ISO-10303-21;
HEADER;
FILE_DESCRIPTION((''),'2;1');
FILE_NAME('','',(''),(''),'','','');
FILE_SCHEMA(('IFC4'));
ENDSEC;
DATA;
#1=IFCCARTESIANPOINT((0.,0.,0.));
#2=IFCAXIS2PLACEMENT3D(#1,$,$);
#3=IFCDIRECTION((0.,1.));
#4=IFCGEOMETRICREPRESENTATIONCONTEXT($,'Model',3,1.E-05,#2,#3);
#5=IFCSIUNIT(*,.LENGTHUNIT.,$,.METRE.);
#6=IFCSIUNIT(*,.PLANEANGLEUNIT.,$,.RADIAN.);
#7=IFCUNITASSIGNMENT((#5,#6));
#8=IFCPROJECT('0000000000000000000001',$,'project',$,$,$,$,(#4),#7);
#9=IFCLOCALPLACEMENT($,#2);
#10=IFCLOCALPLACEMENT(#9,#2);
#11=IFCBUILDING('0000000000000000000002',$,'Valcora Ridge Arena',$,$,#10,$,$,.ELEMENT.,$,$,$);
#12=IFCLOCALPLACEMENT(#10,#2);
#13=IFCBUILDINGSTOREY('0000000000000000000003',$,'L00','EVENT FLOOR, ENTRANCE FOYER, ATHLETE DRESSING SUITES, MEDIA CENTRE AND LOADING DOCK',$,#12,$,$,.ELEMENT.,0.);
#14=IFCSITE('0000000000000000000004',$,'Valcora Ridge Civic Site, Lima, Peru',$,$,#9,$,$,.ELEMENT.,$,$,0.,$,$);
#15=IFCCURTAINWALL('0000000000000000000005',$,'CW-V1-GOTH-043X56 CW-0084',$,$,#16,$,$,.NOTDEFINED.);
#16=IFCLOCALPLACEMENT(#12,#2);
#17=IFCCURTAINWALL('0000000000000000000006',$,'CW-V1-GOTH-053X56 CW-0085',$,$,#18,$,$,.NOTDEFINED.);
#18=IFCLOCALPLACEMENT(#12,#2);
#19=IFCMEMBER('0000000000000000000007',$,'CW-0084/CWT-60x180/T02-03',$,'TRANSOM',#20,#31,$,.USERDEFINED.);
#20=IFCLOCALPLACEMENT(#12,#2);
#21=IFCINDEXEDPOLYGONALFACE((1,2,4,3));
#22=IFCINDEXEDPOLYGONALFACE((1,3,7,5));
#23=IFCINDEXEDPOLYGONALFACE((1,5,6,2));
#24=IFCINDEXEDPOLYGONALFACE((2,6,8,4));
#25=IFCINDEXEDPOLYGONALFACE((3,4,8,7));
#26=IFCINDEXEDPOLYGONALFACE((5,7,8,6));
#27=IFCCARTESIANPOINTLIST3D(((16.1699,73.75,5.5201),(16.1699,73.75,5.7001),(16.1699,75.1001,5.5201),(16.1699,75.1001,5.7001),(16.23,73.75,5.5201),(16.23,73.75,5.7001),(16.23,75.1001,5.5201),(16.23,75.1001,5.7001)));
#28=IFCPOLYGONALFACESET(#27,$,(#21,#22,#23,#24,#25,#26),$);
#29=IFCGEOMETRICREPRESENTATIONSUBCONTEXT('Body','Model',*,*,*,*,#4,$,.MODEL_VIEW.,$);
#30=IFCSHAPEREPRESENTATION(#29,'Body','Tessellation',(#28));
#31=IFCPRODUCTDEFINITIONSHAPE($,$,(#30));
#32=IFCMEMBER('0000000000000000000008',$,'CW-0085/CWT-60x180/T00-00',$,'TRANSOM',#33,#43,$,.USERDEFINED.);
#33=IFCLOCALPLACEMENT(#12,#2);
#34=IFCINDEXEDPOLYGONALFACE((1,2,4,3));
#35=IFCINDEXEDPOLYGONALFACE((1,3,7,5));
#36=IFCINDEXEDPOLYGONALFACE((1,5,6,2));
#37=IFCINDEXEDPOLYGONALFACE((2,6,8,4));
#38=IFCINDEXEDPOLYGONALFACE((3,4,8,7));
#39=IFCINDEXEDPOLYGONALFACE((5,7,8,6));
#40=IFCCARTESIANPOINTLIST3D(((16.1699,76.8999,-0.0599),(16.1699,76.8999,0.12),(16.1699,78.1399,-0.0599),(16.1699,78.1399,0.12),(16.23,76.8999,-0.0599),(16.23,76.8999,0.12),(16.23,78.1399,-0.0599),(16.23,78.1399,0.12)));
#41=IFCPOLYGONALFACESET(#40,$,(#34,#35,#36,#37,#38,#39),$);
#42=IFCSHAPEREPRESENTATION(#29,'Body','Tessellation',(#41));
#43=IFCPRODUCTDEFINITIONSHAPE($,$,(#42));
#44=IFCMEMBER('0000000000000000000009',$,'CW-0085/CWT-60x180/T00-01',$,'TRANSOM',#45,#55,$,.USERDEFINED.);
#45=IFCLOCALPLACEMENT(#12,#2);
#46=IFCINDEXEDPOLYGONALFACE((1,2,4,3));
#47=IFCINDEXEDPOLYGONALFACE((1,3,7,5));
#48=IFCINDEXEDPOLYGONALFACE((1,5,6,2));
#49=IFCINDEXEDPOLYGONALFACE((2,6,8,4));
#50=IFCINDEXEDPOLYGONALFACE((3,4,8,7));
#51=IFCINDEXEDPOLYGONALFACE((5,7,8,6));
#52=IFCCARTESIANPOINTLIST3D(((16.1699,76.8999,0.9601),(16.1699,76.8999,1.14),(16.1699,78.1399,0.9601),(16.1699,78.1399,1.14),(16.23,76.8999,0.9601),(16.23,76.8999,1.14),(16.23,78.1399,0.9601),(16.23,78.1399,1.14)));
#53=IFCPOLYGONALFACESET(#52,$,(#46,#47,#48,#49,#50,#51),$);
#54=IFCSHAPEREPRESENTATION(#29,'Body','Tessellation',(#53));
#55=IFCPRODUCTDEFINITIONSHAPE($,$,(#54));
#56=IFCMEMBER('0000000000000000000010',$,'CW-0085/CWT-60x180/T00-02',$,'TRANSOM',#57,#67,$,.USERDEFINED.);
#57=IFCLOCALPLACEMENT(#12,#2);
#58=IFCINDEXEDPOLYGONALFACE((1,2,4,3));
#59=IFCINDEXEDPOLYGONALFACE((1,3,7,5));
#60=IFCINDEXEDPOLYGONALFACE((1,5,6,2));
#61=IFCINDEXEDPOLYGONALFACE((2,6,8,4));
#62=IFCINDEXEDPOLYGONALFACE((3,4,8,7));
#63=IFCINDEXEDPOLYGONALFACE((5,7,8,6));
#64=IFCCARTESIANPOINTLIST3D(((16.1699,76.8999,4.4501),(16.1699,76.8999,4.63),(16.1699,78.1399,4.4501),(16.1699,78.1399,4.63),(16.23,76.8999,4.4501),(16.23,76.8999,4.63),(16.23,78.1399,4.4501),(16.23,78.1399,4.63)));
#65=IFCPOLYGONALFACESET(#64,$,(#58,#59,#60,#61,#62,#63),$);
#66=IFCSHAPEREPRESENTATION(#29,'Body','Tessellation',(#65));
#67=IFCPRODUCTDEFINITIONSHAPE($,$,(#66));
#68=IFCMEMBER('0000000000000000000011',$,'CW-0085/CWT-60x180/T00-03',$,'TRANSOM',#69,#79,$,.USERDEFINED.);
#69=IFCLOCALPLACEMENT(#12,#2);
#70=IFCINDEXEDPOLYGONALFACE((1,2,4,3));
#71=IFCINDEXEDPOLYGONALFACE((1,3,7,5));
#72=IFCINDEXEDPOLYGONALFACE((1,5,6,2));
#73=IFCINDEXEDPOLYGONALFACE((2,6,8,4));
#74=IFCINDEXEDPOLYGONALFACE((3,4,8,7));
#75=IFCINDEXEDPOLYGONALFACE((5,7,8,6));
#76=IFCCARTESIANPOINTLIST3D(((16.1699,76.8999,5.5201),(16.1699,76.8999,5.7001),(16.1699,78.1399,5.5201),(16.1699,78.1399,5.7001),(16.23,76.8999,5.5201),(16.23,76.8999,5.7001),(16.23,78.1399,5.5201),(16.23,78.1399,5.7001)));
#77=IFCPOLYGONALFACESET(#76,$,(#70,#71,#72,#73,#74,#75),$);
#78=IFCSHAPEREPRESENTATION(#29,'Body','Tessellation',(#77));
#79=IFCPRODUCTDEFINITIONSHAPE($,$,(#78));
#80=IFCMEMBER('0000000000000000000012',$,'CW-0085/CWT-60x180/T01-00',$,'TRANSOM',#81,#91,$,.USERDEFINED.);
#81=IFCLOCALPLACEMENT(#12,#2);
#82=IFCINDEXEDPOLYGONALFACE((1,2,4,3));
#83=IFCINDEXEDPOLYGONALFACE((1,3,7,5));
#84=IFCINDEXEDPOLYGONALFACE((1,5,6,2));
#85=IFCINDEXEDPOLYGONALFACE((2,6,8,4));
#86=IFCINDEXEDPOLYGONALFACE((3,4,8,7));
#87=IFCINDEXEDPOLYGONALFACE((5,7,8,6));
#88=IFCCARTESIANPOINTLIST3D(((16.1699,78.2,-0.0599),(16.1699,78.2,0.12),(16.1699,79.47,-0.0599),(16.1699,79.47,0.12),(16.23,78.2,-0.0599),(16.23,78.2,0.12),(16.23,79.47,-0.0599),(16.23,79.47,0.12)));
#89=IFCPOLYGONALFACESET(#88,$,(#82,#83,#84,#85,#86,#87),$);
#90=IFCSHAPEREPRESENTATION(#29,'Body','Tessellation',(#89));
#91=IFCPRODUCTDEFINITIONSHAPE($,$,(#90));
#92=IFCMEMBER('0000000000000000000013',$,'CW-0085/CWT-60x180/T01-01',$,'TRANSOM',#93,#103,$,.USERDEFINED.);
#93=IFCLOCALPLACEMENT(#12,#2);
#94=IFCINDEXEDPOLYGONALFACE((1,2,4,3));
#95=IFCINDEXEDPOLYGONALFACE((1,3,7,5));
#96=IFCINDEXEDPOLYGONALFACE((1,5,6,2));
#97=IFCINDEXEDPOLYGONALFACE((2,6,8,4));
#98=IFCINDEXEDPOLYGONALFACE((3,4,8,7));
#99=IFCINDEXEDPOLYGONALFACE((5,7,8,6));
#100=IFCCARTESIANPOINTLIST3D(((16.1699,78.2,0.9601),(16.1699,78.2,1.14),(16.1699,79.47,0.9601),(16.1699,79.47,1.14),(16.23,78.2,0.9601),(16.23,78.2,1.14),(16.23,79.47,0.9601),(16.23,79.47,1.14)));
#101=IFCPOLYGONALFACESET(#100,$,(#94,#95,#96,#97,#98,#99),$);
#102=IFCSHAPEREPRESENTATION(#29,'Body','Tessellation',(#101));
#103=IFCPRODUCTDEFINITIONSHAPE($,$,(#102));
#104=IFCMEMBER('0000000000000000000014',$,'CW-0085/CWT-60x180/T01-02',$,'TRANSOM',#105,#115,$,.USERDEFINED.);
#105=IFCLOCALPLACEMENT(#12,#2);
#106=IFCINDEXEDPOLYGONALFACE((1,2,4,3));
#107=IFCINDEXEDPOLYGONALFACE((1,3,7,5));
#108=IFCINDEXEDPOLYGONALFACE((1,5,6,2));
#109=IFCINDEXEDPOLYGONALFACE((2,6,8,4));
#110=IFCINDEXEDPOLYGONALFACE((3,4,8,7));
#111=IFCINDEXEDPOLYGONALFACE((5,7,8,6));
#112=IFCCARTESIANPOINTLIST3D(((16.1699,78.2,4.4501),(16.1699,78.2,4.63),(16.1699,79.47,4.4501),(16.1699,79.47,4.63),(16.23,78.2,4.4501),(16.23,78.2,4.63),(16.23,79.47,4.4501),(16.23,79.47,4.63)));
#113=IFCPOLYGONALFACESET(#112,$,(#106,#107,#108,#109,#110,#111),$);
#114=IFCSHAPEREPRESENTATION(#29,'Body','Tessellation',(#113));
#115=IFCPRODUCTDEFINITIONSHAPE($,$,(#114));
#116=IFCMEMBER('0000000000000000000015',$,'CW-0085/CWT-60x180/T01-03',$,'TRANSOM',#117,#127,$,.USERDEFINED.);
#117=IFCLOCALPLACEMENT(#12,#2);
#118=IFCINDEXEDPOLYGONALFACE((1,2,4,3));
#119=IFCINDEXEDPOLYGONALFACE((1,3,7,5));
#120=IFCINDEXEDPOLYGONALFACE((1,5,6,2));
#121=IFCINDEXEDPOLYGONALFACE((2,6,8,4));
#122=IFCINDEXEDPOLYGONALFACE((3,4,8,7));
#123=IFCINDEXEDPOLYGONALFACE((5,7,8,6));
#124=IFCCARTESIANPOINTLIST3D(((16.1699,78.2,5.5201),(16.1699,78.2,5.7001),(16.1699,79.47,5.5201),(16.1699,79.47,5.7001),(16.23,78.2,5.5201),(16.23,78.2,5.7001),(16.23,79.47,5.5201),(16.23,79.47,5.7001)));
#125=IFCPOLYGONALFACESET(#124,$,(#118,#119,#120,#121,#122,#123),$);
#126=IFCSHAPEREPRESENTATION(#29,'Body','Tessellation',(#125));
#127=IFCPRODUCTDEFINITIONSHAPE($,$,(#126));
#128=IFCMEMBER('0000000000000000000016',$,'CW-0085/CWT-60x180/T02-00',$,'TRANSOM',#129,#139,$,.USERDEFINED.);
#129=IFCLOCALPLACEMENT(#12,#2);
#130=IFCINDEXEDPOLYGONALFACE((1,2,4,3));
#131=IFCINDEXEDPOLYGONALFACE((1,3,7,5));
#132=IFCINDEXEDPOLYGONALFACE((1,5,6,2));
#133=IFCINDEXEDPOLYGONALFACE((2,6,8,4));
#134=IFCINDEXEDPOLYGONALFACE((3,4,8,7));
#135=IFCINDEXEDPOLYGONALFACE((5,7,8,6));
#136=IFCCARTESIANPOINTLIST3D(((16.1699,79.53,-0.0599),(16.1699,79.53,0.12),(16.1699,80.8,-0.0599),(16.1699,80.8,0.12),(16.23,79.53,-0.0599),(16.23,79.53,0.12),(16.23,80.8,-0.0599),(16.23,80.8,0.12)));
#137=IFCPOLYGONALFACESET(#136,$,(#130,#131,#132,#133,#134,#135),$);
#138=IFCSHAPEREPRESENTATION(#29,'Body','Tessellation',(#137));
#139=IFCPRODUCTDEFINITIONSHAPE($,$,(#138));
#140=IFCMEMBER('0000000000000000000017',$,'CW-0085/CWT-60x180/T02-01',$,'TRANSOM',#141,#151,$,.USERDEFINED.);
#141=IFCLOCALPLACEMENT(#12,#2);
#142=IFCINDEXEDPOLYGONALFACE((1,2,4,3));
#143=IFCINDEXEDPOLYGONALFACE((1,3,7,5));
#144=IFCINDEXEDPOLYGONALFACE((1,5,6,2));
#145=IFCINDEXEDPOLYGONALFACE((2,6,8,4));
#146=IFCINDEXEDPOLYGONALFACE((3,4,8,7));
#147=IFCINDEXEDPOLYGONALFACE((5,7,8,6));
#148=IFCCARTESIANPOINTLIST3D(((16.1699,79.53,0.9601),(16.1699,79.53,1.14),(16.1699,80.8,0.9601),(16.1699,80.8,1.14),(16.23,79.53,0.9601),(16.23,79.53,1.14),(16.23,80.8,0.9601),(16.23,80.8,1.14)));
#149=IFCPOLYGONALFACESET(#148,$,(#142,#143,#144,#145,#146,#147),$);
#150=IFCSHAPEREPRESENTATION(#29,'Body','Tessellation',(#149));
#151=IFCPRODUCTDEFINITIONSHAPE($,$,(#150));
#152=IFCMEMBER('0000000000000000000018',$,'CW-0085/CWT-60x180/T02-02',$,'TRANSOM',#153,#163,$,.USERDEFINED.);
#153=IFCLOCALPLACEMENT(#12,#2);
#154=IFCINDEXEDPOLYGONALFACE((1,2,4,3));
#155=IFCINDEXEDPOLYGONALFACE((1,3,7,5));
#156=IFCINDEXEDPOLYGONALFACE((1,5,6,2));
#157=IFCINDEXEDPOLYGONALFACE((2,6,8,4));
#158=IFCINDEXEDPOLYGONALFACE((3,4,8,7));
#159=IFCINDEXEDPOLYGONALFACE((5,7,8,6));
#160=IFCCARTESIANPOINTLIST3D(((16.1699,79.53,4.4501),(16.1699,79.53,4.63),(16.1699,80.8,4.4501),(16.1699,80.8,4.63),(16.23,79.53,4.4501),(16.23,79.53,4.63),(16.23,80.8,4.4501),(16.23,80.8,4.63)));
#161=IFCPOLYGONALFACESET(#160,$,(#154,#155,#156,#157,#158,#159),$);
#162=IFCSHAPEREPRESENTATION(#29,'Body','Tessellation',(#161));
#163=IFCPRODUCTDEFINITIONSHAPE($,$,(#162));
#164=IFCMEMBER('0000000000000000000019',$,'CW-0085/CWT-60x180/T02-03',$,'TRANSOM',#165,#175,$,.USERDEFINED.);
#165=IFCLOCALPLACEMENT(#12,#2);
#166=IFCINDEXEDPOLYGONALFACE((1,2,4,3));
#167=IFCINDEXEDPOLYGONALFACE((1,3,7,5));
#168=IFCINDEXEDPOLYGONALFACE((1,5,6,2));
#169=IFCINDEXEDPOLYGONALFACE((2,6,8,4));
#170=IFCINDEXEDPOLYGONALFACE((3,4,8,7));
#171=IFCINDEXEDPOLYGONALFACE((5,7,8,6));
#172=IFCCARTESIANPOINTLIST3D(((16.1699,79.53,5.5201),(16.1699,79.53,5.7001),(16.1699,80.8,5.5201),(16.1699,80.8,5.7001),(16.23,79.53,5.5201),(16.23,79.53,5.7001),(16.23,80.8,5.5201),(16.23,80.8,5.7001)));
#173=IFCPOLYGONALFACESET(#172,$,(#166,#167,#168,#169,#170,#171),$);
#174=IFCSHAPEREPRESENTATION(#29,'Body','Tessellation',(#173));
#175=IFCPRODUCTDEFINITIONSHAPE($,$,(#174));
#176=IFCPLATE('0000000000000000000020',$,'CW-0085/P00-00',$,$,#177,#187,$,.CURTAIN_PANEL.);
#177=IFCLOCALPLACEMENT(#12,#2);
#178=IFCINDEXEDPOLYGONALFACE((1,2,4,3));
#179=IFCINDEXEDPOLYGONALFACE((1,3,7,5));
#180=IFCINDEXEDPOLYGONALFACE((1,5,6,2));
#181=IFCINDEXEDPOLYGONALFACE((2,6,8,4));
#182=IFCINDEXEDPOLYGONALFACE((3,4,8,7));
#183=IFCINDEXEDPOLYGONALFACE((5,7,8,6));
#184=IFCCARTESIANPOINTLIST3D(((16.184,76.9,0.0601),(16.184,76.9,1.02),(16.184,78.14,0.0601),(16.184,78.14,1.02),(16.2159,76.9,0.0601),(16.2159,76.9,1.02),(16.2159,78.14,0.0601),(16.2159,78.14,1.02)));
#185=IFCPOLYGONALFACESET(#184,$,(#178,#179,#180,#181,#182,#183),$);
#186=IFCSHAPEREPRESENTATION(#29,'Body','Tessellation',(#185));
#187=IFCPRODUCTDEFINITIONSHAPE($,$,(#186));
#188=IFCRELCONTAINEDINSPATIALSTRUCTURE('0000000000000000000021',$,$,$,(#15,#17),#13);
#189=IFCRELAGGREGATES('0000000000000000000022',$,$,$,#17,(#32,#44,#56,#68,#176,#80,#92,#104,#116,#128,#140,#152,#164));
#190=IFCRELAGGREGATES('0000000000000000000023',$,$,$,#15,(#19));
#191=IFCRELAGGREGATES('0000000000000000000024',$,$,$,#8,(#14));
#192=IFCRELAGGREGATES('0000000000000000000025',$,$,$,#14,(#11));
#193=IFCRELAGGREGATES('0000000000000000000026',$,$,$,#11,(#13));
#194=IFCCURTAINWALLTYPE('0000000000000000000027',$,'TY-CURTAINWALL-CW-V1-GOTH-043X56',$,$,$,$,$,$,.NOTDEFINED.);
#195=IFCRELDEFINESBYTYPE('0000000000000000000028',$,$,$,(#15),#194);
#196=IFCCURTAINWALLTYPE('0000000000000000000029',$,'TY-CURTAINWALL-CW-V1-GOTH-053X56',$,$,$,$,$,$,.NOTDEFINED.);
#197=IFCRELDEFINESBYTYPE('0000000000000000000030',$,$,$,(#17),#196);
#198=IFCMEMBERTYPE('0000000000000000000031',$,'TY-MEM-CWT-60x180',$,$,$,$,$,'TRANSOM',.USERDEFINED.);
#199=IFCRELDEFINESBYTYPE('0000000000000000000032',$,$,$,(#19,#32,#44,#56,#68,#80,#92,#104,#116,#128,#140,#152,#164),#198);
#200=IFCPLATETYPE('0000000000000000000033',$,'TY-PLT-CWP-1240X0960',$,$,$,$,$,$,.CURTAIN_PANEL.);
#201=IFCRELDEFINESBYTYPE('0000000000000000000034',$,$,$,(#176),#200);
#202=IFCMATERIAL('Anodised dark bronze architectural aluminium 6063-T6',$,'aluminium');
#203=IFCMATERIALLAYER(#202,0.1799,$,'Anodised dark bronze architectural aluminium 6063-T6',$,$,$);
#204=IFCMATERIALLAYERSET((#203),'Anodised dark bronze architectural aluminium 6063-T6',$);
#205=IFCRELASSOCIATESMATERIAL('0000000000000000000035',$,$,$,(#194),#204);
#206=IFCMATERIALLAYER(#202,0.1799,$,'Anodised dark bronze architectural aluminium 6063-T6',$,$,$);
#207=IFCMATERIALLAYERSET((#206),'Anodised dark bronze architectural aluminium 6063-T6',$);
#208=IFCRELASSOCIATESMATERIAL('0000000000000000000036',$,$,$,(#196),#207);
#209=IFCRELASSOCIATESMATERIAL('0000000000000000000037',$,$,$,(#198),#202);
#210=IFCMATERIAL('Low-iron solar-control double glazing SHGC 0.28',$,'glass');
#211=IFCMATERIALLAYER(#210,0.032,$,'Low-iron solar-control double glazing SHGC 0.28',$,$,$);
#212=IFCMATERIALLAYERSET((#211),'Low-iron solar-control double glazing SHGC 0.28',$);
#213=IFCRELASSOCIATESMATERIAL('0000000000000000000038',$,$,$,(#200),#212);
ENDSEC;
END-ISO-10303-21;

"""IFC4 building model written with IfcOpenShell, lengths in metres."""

from ifc_helpers import new_model, si_unit, direction, frame, origin, origin_2d, place, context, subcontext, project, spatial, rectangle, extrude, material, layer, layer_set, material_profile, profile_set, type_object, element, aggregate, save


model = new_model("IFC4")

# Units and contexts
model_context = context("Model", 3, precision=1e-05, world=origin(), true_north=direction((0.0, 1.0)))
body_context = subcontext(model_context, "Body", "Model", "MODEL_VIEW")
ifc_project = project(units=[si_unit("LENGTHUNIT", "METRE"), si_unit("PLANEANGLEUNIT", "RADIAN")], contexts=[model_context])

# Site, building, storey
site_placement = place(None, origin())
site = spatial("IfcSite", under=ifc_project, at=site_placement, Name="Valcora Ridge Civic Site, Lima, Peru", CompositionType="ELEMENT", RefElevation=0.0)
building_placement = place(site_placement, origin())
building = spatial("IfcBuilding", under=site, at=building_placement, Name="Valcora Ridge Arena", CompositionType="ELEMENT")
storey_placement = place(building_placement, origin())
storey = spatial("IfcBuildingStorey", under=building, at=storey_placement, Name="L00", Description="EVENT FLOOR, ENTRANCE FOYER, ATHLETE DRESSING SUITES, MEDIA CENTRE AND LOADING DOCK", CompositionType="ELEMENT", Elevation=0.0)

# Curtain walls
ifc_material_1 = material(Name="Anodised dark bronze architectural aluminium 6063-T6", Category="aluminium")
ifc_layer_1 = layer(ifc_material_1, 0.1799, Name="Anodised dark bronze architectural aluminium 6063-T6")
ifc_layer_set_1 = layer_set([ifc_layer_1], Name="Anodised dark bronze architectural aluminium 6063-T6")
curtain_wall_type_1 = type_object("IfcCurtainWallType", Name="TY-CURTAINWALL-CW-V1-GOTH-043X56", PredefinedType="NOTDEFINED", material=ifc_layer_set_1)
curtain_wall_1_placement = place(storey_placement, origin())
curtain_wall_1 = element("IfcCurtainWall", 1, at=curtain_wall_1_placement, inside=storey, type_object=curtain_wall_type_1, Name="CW-V1-GOTH-043X56 CW-0084", PredefinedType="NOTDEFINED")
ifc_layer_2 = layer(ifc_material_1, 0.1799, Name="Anodised dark bronze architectural aluminium 6063-T6")
ifc_layer_set_2 = layer_set([ifc_layer_2], Name="Anodised dark bronze architectural aluminium 6063-T6")
curtain_wall_type_2 = type_object("IfcCurtainWallType", Name="TY-CURTAINWALL-CW-V1-GOTH-053X56", PredefinedType="NOTDEFINED", material=ifc_layer_set_2)
curtain_wall_2_placement = place(storey_placement, origin())
curtain_wall_2 = element("IfcCurtainWall", 2, at=curtain_wall_2_placement, inside=storey, type_object=curtain_wall_type_2, Name="CW-V1-GOTH-053X56 CW-0085", PredefinedType="NOTDEFINED")

# Members
ifc_material_profile_1 = material_profile(ifc_material_1, rectangle(XDim=0.0601, YDim=0.1799, at=origin_2d()), Name="ALU TRANSOM 60x180")
ifc_profile_set_1 = profile_set([ifc_material_profile_1], Name="Anodised dark bronze architectural aluminium 6063-T6")
member_type_1 = type_object("IfcMemberType", Name="TY-MEM-CWT-60x180", ElementType="TRANSOM", PredefinedType="USERDEFINED", material=ifc_profile_set_1)
member_1_placement = place(storey_placement, frame((16.2, 73.75, 5.6101), z_axis=(0.0, 1.0, 0.0), x_axis=(-1.0, 0.0, 0.0)))
member_1 = element("IfcMember", 3, at=member_1_placement, type_object=member_type_1, Name="CW-0084/CWT-60x180/T02-03", ObjectType="TRANSOM", PredefinedType="USERDEFINED", context=body_context, shape_type="SweptSolid", body=[
    extrude(rectangle(XDim=0.0601, YDim=0.1799, at=origin_2d()), origin(), (0.0, 0.0, 1.0), 1.3501),
])
member_2_placement = place(storey_placement, frame((16.2, 76.8999, 0.03), z_axis=(0.0, 1.0, 0.0), x_axis=(-1.0, 0.0, 0.0)))
member_2 = element("IfcMember", 4, at=member_2_placement, type_object=member_type_1, Name="CW-0085/CWT-60x180/T00-00", ObjectType="TRANSOM", PredefinedType="USERDEFINED", context=body_context, shape_type="SweptSolid", body=[
    extrude(rectangle(XDim=0.0601, YDim=0.1799, at=origin_2d()), origin(), (0.0, 0.0, 1.0), 1.24),
])
member_3_placement = place(storey_placement, frame((16.2, 76.8999, 1.05), z_axis=(0.0, 1.0, 0.0), x_axis=(-1.0, 0.0, 0.0)))
member_3 = element("IfcMember", 5, at=member_3_placement, type_object=member_type_1, Name="CW-0085/CWT-60x180/T00-01", ObjectType="TRANSOM", PredefinedType="USERDEFINED", context=body_context, shape_type="SweptSolid", body=[
    extrude(rectangle(XDim=0.0601, YDim=0.1799, at=origin_2d()), origin(), (0.0, 0.0, 1.0), 1.24),
])
member_4_placement = place(storey_placement, frame((16.2, 76.8999, 4.54), z_axis=(0.0, 1.0, 0.0), x_axis=(-1.0, 0.0, 0.0)))
member_4 = element("IfcMember", 6, at=member_4_placement, type_object=member_type_1, Name="CW-0085/CWT-60x180/T00-02", ObjectType="TRANSOM", PredefinedType="USERDEFINED", context=body_context, shape_type="SweptSolid", body=[
    extrude(rectangle(XDim=0.0601, YDim=0.1799, at=origin_2d()), origin(), (0.0, 0.0, 1.0), 1.24),
])
member_5_placement = place(storey_placement, frame((16.2, 76.8999, 5.6101), z_axis=(0.0, 1.0, 0.0), x_axis=(-1.0, 0.0, 0.0)))
member_5 = element("IfcMember", 7, at=member_5_placement, type_object=member_type_1, Name="CW-0085/CWT-60x180/T00-03", ObjectType="TRANSOM", PredefinedType="USERDEFINED", context=body_context, shape_type="SweptSolid", body=[
    extrude(rectangle(XDim=0.0601, YDim=0.1799, at=origin_2d()), origin(), (0.0, 0.0, 1.0), 1.24),
])
member_6_placement = place(storey_placement, frame((16.2, 78.2, 0.03), z_axis=(0.0, 1.0, 0.0), x_axis=(-1.0, 0.0, 0.0)))
member_6 = element("IfcMember", 8, at=member_6_placement, type_object=member_type_1, Name="CW-0085/CWT-60x180/T01-00", ObjectType="TRANSOM", PredefinedType="USERDEFINED", context=body_context, shape_type="SweptSolid", body=[
    extrude(rectangle(XDim=0.0601, YDim=0.1799, at=origin_2d()), origin(), (0.0, 0.0, 1.0), 1.27),
])
member_7_placement = place(storey_placement, frame((16.2, 78.2, 1.05), z_axis=(0.0, 1.0, 0.0), x_axis=(-1.0, 0.0, 0.0)))
member_7 = element("IfcMember", 9, at=member_7_placement, type_object=member_type_1, Name="CW-0085/CWT-60x180/T01-01", ObjectType="TRANSOM", PredefinedType="USERDEFINED", context=body_context, shape_type="SweptSolid", body=[
    extrude(rectangle(XDim=0.0601, YDim=0.1799, at=origin_2d()), origin(), (0.0, 0.0, 1.0), 1.27),
])
member_8_placement = place(storey_placement, frame((16.2, 78.2, 4.54), z_axis=(0.0, 1.0, 0.0), x_axis=(-1.0, 0.0, 0.0)))
member_8 = element("IfcMember", 10, at=member_8_placement, type_object=member_type_1, Name="CW-0085/CWT-60x180/T01-02", ObjectType="TRANSOM", PredefinedType="USERDEFINED", context=body_context, shape_type="SweptSolid", body=[
    extrude(rectangle(XDim=0.0601, YDim=0.1799, at=origin_2d()), origin(), (0.0, 0.0, 1.0), 1.27),
])
member_9_placement = place(storey_placement, frame((16.2, 78.2, 5.6101), z_axis=(0.0, 1.0, 0.0), x_axis=(-1.0, 0.0, 0.0)))
member_9 = element("IfcMember", 11, at=member_9_placement, type_object=member_type_1, Name="CW-0085/CWT-60x180/T01-03", ObjectType="TRANSOM", PredefinedType="USERDEFINED", context=body_context, shape_type="SweptSolid", body=[
    extrude(rectangle(XDim=0.0601, YDim=0.1799, at=origin_2d()), origin(), (0.0, 0.0, 1.0), 1.27),
])
member_10_placement = place(storey_placement, frame((16.2, 79.53, 0.03), z_axis=(0.0, 1.0, 0.0), x_axis=(-1.0, 0.0, 0.0)))
member_10 = element("IfcMember", 12, at=member_10_placement, type_object=member_type_1, Name="CW-0085/CWT-60x180/T02-00", ObjectType="TRANSOM", PredefinedType="USERDEFINED", context=body_context, shape_type="SweptSolid", body=[
    extrude(rectangle(XDim=0.0601, YDim=0.1799, at=origin_2d()), origin(), (0.0, 0.0, 1.0), 1.27),
])
member_11_placement = place(storey_placement, frame((16.2, 79.53, 1.05), z_axis=(0.0, 1.0, 0.0), x_axis=(-1.0, 0.0, 0.0)))
member_11 = element("IfcMember", 13, at=member_11_placement, type_object=member_type_1, Name="CW-0085/CWT-60x180/T02-01", ObjectType="TRANSOM", PredefinedType="USERDEFINED", context=body_context, shape_type="SweptSolid", body=[
    extrude(rectangle(XDim=0.0601, YDim=0.1799, at=origin_2d()), origin(), (0.0, 0.0, 1.0), 1.27),
])
member_12_placement = place(storey_placement, frame((16.2, 79.53, 4.54), z_axis=(0.0, 1.0, 0.0), x_axis=(-1.0, 0.0, 0.0)))
member_12 = element("IfcMember", 14, at=member_12_placement, type_object=member_type_1, Name="CW-0085/CWT-60x180/T02-02", ObjectType="TRANSOM", PredefinedType="USERDEFINED", context=body_context, shape_type="SweptSolid", body=[
    extrude(rectangle(XDim=0.0601, YDim=0.1799, at=origin_2d()), origin(), (0.0, 0.0, 1.0), 1.27),
])
member_13_placement = place(storey_placement, frame((16.2, 79.53, 5.6101), z_axis=(0.0, 1.0, 0.0), x_axis=(-1.0, 0.0, 0.0)))
member_13 = element("IfcMember", 15, at=member_13_placement, type_object=member_type_1, Name="CW-0085/CWT-60x180/T02-03", ObjectType="TRANSOM", PredefinedType="USERDEFINED", context=body_context, shape_type="SweptSolid", body=[
    extrude(rectangle(XDim=0.0601, YDim=0.1799, at=origin_2d()), origin(), (0.0, 0.0, 1.0), 1.27),
])

# Plate
ifc_material_2 = material(Name="Low-iron solar-control double glazing SHGC 0.28", Category="glass")
ifc_layer_3 = layer(ifc_material_2, 0.032, Name="Low-iron solar-control double glazing SHGC 0.28")
ifc_layer_set_3 = layer_set([ifc_layer_3], Name="Low-iron solar-control double glazing SHGC 0.28")
plate_type_1 = type_object("IfcPlateType", Name="TY-PLT-CWP-1240X0960", PredefinedType="CURTAIN_PANEL", material=ifc_layer_set_3)
plate_1_placement = place(storey_placement, frame((16.2, 77.52, 0.0601), z_axis=(0.0, 0.0, 1.0), x_axis=(0.0, 1.0, 0.0)))
plate_1 = element("IfcPlate", 16, at=plate_1_placement, type_object=plate_type_1, Name="CW-0085/P00-00", PredefinedType="CURTAIN_PANEL", context=body_context, shape_type="SweptSolid", body=[
    extrude(rectangle(XDim=1.24, YDim=0.032, at=origin_2d()), origin(), (0.0, 0.0, 1.0), 0.96),
])
aggregate(curtain_wall_2, [member_2, member_3, member_4, member_5, plate_1, member_6, member_7, member_8, member_9, member_10, member_11, member_12, member_13])
aggregate(curtain_wall_1, [member_1])

save(model, "model.ifc")
